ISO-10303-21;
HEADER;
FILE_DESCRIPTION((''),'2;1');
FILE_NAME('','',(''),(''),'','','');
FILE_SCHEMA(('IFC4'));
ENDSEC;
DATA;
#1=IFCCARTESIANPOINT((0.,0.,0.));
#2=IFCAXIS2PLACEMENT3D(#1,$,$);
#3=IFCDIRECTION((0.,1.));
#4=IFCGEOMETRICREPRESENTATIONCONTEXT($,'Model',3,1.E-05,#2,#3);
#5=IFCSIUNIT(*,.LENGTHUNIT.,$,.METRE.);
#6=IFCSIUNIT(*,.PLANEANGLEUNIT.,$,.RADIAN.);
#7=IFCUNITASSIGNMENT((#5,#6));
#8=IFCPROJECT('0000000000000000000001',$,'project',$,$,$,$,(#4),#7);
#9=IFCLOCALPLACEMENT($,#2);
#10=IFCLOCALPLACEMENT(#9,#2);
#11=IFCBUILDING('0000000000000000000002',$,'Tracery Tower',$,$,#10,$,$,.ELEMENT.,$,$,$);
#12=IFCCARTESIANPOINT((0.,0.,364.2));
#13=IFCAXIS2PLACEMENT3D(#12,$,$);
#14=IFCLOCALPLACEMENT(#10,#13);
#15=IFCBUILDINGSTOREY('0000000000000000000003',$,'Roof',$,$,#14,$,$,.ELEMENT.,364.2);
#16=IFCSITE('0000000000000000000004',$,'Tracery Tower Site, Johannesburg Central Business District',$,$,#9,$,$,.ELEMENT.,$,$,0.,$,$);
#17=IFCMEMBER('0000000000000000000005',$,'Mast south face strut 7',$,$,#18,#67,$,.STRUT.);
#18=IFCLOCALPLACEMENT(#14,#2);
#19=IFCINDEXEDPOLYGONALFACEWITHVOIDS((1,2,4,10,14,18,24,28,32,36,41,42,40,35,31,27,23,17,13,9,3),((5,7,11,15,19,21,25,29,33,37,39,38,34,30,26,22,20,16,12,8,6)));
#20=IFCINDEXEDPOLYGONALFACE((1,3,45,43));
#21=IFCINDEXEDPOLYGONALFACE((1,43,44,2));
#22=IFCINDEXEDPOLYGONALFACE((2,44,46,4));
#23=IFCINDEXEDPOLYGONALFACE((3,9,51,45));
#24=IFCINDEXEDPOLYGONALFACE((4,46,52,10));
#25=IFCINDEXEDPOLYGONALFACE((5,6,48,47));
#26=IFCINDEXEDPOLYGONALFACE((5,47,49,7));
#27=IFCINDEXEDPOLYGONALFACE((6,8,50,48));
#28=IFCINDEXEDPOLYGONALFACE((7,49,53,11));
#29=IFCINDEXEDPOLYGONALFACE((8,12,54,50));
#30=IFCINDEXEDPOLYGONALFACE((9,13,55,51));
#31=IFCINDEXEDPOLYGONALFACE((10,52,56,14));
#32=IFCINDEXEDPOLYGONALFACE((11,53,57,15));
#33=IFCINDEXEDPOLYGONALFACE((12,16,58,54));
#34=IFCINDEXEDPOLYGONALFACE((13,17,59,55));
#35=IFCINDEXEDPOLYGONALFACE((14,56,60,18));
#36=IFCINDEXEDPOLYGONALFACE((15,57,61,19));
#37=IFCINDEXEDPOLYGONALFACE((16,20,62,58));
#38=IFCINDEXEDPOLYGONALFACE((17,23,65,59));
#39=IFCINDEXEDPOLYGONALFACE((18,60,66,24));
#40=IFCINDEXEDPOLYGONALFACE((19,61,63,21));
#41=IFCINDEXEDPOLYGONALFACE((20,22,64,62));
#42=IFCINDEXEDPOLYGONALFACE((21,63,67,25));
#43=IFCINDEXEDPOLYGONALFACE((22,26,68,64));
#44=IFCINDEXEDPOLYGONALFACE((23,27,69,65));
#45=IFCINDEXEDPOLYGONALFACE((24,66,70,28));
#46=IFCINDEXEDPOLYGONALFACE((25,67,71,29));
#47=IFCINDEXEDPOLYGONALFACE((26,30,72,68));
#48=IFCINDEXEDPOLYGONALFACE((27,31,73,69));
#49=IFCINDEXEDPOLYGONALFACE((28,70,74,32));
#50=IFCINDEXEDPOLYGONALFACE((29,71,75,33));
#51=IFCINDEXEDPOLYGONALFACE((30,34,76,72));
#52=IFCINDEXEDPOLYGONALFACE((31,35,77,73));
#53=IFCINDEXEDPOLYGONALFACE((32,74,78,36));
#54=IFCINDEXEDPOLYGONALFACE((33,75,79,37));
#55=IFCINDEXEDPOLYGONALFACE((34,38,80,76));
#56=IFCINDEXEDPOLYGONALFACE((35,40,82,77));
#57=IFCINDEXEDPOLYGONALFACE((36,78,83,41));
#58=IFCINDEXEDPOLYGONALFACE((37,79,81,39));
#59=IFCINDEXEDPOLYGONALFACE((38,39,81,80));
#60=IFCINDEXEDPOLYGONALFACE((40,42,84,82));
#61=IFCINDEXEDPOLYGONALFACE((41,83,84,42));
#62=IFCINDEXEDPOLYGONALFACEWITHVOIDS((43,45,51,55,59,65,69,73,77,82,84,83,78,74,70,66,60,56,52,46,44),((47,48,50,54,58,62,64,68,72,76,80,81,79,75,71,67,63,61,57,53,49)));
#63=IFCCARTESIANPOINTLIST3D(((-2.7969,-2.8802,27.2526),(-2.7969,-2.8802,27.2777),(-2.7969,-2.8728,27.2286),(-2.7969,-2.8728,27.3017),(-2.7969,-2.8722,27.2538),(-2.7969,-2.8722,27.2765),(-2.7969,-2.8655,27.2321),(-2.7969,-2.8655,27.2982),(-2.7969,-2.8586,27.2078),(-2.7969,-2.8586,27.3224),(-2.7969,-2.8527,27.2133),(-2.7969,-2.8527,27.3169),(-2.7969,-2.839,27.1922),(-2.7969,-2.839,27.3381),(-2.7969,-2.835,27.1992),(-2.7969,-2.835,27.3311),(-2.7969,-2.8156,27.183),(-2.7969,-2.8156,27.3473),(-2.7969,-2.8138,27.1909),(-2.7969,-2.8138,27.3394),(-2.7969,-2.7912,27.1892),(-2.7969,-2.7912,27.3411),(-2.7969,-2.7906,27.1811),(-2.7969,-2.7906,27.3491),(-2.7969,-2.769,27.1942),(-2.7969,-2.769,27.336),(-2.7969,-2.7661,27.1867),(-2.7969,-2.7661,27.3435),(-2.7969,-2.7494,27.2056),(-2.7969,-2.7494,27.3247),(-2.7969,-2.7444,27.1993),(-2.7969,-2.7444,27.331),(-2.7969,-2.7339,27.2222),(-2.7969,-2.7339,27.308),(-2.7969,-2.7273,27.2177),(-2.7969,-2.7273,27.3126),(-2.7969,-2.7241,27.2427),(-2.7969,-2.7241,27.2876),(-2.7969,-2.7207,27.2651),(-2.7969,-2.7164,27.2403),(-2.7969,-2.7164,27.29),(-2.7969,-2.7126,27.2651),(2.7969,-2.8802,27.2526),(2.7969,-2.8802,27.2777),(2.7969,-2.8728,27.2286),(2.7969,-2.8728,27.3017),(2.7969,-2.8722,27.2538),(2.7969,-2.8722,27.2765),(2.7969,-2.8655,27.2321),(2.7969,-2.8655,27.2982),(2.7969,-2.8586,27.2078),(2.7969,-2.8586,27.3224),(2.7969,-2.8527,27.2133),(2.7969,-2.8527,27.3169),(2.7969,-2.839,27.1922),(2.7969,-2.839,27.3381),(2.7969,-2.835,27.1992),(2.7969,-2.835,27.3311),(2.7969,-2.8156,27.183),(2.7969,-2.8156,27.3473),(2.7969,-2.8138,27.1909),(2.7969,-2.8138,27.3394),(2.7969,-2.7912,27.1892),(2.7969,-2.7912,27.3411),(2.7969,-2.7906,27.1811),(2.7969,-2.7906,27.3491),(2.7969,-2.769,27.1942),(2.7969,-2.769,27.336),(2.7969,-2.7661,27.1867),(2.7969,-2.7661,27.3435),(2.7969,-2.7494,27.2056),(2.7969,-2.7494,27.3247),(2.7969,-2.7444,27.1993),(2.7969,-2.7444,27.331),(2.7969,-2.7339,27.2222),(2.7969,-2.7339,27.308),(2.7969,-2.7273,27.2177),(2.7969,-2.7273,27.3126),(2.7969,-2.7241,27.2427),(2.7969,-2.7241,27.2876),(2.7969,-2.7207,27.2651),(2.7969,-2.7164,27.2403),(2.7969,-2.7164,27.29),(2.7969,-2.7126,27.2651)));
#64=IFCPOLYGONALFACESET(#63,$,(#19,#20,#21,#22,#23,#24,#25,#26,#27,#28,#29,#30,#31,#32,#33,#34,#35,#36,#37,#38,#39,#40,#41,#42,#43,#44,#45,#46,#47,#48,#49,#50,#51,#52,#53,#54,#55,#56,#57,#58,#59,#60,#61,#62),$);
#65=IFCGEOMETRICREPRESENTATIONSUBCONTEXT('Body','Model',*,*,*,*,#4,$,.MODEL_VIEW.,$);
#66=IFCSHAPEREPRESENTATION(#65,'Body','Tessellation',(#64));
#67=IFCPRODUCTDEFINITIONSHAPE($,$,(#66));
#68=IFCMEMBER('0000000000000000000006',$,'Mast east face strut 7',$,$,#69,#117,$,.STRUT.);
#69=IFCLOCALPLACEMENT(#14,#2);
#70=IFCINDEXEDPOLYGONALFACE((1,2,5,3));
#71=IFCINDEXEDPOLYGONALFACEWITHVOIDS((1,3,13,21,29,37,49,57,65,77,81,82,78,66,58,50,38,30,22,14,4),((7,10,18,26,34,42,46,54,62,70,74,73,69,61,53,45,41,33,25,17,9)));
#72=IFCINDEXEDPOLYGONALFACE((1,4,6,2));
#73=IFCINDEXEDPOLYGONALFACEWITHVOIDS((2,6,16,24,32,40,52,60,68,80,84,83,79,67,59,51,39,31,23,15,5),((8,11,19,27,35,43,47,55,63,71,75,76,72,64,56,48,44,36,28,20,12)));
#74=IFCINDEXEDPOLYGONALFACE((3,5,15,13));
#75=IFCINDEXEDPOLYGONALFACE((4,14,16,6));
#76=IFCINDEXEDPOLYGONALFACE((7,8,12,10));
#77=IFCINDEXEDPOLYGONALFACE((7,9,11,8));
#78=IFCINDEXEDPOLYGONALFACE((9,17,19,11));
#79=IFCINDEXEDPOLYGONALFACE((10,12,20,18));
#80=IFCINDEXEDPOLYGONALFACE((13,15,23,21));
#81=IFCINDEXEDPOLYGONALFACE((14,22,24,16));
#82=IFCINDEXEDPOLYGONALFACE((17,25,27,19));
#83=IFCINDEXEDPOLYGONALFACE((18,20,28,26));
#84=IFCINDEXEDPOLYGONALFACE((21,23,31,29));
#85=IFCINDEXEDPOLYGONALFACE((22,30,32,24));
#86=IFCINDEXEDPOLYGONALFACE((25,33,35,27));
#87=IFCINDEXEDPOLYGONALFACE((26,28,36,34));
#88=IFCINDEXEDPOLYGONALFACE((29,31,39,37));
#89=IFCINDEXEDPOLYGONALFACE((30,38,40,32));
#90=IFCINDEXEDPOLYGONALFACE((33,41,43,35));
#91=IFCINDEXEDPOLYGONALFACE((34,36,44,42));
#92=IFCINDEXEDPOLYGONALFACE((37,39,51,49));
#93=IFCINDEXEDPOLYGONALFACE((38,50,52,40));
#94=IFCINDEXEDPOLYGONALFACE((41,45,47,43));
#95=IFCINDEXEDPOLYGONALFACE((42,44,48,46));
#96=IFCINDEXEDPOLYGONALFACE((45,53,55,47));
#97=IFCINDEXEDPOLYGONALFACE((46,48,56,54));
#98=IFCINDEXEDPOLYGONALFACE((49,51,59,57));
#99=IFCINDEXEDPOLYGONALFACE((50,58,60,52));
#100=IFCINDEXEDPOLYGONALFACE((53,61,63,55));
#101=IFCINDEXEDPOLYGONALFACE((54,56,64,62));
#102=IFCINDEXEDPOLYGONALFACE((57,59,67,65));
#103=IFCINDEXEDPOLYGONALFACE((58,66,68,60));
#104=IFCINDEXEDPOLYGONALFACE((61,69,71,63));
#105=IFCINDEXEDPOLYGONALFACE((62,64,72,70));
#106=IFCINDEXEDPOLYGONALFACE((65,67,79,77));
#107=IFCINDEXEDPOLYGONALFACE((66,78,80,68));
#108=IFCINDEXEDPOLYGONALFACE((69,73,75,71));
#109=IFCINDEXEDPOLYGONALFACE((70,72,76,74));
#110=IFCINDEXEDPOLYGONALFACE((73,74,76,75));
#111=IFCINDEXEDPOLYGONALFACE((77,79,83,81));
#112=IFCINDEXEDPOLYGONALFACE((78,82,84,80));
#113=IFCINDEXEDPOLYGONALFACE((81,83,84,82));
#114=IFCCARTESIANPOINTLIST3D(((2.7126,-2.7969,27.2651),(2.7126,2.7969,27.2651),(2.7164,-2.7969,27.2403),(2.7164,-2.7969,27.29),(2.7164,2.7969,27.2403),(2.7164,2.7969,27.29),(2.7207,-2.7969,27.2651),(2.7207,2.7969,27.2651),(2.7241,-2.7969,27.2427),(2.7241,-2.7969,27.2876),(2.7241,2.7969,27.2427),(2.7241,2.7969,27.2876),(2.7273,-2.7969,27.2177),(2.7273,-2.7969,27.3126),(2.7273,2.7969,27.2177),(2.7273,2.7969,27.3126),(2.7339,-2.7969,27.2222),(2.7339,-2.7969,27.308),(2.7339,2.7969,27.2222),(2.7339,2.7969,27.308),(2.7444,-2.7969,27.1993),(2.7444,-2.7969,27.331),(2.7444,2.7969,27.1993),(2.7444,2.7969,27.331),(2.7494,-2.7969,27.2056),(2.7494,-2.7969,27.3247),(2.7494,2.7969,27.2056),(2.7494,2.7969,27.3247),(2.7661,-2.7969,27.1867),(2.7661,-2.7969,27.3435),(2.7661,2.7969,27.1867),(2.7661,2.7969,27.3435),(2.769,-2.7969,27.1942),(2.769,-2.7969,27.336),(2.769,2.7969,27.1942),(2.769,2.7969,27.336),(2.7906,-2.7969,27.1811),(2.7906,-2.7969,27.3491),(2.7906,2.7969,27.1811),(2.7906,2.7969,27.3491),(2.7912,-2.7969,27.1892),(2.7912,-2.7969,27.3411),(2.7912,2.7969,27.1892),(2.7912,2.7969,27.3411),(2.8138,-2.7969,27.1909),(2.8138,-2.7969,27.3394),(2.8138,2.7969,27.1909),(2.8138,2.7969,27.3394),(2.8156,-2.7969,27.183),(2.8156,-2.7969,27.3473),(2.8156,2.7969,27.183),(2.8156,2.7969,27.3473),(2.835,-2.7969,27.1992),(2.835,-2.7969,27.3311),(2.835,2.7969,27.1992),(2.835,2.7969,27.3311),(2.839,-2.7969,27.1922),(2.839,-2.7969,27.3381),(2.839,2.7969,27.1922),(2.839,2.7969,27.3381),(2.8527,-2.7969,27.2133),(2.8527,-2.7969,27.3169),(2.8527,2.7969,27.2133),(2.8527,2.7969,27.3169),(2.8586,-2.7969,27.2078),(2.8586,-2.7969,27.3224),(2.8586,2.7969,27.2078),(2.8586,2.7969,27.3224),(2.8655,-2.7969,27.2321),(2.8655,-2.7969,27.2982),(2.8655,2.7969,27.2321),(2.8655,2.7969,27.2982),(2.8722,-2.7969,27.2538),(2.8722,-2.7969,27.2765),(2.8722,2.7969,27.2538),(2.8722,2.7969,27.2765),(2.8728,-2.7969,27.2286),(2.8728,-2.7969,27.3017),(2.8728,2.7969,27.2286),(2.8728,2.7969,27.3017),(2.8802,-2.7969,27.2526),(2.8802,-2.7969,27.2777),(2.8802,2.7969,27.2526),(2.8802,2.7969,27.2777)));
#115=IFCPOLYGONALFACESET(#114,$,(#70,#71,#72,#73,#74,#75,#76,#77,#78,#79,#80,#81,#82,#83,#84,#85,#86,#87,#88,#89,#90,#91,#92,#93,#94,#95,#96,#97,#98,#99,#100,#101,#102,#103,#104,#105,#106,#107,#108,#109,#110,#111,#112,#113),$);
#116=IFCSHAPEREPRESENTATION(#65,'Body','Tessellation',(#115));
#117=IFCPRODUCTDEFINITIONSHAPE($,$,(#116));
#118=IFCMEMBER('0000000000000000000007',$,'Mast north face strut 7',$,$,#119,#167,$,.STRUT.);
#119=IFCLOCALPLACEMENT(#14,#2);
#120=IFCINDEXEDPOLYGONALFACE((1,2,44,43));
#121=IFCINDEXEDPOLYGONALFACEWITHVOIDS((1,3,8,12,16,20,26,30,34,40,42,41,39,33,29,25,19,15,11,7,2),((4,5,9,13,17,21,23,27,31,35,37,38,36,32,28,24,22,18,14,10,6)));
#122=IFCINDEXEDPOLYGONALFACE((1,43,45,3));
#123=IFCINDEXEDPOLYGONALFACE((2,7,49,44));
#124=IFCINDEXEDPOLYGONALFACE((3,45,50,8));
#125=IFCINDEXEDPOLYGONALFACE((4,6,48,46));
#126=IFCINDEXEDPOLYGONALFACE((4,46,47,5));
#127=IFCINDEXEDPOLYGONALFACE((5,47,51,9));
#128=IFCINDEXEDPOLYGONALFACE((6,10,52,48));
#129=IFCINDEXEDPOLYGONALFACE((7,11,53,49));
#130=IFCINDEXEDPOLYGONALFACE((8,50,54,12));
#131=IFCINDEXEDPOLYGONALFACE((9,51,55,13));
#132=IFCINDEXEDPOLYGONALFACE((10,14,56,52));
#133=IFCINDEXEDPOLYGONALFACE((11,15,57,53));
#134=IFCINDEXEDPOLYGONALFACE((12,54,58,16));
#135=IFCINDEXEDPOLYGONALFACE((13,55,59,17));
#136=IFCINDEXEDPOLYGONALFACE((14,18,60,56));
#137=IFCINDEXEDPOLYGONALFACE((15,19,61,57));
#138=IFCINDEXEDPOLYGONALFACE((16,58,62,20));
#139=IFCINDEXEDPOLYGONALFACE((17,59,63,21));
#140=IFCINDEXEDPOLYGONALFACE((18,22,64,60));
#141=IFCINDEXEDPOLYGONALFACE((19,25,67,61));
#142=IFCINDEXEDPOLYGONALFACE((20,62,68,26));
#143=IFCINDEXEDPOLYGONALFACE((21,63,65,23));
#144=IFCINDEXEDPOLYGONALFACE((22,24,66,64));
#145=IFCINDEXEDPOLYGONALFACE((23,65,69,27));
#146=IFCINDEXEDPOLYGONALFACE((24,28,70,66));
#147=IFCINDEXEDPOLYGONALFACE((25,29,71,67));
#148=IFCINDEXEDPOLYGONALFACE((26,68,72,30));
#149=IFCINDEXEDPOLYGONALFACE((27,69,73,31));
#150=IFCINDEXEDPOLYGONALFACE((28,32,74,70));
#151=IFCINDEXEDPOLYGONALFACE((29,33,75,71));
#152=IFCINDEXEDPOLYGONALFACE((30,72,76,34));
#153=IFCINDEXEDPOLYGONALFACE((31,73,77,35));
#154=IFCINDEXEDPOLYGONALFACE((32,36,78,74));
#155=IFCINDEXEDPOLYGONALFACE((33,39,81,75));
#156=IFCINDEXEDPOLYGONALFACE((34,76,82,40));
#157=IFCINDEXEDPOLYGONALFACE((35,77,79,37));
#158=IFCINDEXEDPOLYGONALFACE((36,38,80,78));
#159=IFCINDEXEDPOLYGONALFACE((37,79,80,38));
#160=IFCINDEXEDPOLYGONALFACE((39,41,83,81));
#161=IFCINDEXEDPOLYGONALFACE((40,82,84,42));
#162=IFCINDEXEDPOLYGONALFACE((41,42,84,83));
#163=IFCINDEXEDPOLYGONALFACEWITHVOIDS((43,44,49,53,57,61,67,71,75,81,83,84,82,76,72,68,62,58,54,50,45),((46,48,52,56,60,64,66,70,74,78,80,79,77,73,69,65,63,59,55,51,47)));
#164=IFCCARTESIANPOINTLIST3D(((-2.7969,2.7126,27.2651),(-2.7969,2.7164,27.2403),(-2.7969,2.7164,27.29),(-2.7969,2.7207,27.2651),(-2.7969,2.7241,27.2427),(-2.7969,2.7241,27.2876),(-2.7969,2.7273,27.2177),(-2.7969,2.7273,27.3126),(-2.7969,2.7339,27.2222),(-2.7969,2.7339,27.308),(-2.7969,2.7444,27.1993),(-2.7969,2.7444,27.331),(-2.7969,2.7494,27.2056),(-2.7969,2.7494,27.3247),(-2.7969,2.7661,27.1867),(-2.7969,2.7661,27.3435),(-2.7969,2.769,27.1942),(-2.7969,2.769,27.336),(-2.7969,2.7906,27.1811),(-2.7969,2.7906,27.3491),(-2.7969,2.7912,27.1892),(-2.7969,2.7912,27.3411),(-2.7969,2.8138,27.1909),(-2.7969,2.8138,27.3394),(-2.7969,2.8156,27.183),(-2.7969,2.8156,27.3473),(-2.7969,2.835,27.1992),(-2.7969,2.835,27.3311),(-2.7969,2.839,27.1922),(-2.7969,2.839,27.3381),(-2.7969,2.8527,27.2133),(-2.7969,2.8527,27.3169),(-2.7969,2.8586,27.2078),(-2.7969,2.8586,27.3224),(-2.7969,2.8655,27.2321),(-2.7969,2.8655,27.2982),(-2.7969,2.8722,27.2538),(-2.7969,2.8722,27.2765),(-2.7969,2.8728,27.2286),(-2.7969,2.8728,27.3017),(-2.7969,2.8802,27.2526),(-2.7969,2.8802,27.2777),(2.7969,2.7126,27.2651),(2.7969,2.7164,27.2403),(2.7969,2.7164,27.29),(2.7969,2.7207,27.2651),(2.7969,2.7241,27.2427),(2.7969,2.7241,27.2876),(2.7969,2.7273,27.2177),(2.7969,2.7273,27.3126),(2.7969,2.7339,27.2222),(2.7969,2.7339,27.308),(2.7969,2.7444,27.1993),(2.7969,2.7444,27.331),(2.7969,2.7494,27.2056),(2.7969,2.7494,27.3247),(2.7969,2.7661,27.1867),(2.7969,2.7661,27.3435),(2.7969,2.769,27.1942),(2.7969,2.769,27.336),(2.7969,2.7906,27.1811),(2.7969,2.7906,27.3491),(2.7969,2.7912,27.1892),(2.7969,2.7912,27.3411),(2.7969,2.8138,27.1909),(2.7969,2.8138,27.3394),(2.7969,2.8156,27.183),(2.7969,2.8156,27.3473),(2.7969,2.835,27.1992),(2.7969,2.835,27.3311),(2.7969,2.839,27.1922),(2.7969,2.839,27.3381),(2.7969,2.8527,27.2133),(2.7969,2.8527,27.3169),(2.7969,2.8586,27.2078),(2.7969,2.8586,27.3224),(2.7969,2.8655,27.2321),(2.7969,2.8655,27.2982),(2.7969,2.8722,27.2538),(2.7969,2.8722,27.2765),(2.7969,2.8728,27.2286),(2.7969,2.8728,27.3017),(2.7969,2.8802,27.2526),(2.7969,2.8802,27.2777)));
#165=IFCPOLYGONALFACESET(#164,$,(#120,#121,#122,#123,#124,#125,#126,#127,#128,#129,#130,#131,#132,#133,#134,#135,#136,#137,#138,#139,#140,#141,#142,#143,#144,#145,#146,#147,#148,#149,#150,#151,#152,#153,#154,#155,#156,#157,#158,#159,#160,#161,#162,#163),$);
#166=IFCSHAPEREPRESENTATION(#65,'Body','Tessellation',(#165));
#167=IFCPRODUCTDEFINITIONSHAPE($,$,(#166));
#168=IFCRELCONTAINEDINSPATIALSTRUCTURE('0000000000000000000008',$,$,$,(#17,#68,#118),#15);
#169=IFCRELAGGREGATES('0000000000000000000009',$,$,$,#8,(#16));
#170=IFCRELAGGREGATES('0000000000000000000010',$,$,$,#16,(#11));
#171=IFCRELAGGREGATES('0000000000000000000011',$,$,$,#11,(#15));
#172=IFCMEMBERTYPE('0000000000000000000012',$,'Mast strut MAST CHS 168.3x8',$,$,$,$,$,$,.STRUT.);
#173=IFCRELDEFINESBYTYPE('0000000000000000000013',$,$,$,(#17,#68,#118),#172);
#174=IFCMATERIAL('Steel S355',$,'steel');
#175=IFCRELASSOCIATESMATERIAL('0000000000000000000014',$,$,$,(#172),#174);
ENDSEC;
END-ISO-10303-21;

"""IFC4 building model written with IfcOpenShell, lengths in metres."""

from ifc_helpers import new_model, si_unit, direction, frame, origin, origin_2d, place, context, subcontext, project, spatial, hollow_circle, extrude, material, material_profile, profile_set, type_object, element, save


model = new_model("IFC4")

# Units and contexts
model_context = context("Model", 3, precision=1e-05, world=origin(), true_north=direction((0.0, 1.0)))
body_context = subcontext(model_context, "Body", "Model", "MODEL_VIEW")
ifc_project = project(units=[si_unit("LENGTHUNIT", "METRE"), si_unit("PLANEANGLEUNIT", "RADIAN")], contexts=[model_context])

# Site, building, storey
site_placement = place(None, origin())
site = spatial("IfcSite", under=ifc_project, at=site_placement, Name="Tracery Tower Site, Johannesburg Central Business District", CompositionType="ELEMENT", RefElevation=0.0)
building_placement = place(site_placement, origin())
building = spatial("IfcBuilding", under=site, at=building_placement, Name="Tracery Tower", CompositionType="ELEMENT")
storey_placement = place(building_placement, frame((0.0, 0.0, 364.2)))
storey = spatial("IfcBuildingStorey", under=building, at=storey_placement, Name="Roof", CompositionType="ELEMENT", Elevation=364.2)

# Members
ifc_material_1 = material(Name="Steel S355", Category="steel")
ifc_material_profile_1 = material_profile(ifc_material_1, hollow_circle(Radius=0.0842, WallThickness=0.0081, at=origin_2d()), Name="CHS 168.3x8")
ifc_profile_set_1 = profile_set([ifc_material_profile_1], Name="Steel S355")
member_type_1 = type_object("IfcMemberType", Name="Mast strut MAST CHS 168.3x8", PredefinedType="STRUT", material=ifc_profile_set_1)
for number, where, z_axis, x_axis, name in (
    (1, (-2.7969, -2.7969, 27.2651), (1.0, 0.0, 0.0), (0.0, 1.0, 0.0), "Mast south face strut 7"),
    (2, (2.7969, -2.7969, 27.2651), (0.0, 1.0, 0.0), (-1.0, 0.0, 0.0), "Mast east face strut 7"),
    (3, (2.7969, 2.7969, 27.2651), (-1.0, 0.0, 0.0), (0.0, -1.0, 0.0), "Mast north face strut 7"),
):
    element("IfcMember", number, at=place(storey_placement, frame(where, z_axis=z_axis, x_axis=x_axis)), inside=storey, type_object=member_type_1, Name=name, PredefinedType="STRUT", context=body_context, shape_type="SweptSolid", body=[
        extrude(hollow_circle(Radius=0.0842, WallThickness=0.0081, at=origin_2d()), origin(), (0.0, 0.0, 1.0), 5.5938),
    ])

save(model, "model.ifc")
